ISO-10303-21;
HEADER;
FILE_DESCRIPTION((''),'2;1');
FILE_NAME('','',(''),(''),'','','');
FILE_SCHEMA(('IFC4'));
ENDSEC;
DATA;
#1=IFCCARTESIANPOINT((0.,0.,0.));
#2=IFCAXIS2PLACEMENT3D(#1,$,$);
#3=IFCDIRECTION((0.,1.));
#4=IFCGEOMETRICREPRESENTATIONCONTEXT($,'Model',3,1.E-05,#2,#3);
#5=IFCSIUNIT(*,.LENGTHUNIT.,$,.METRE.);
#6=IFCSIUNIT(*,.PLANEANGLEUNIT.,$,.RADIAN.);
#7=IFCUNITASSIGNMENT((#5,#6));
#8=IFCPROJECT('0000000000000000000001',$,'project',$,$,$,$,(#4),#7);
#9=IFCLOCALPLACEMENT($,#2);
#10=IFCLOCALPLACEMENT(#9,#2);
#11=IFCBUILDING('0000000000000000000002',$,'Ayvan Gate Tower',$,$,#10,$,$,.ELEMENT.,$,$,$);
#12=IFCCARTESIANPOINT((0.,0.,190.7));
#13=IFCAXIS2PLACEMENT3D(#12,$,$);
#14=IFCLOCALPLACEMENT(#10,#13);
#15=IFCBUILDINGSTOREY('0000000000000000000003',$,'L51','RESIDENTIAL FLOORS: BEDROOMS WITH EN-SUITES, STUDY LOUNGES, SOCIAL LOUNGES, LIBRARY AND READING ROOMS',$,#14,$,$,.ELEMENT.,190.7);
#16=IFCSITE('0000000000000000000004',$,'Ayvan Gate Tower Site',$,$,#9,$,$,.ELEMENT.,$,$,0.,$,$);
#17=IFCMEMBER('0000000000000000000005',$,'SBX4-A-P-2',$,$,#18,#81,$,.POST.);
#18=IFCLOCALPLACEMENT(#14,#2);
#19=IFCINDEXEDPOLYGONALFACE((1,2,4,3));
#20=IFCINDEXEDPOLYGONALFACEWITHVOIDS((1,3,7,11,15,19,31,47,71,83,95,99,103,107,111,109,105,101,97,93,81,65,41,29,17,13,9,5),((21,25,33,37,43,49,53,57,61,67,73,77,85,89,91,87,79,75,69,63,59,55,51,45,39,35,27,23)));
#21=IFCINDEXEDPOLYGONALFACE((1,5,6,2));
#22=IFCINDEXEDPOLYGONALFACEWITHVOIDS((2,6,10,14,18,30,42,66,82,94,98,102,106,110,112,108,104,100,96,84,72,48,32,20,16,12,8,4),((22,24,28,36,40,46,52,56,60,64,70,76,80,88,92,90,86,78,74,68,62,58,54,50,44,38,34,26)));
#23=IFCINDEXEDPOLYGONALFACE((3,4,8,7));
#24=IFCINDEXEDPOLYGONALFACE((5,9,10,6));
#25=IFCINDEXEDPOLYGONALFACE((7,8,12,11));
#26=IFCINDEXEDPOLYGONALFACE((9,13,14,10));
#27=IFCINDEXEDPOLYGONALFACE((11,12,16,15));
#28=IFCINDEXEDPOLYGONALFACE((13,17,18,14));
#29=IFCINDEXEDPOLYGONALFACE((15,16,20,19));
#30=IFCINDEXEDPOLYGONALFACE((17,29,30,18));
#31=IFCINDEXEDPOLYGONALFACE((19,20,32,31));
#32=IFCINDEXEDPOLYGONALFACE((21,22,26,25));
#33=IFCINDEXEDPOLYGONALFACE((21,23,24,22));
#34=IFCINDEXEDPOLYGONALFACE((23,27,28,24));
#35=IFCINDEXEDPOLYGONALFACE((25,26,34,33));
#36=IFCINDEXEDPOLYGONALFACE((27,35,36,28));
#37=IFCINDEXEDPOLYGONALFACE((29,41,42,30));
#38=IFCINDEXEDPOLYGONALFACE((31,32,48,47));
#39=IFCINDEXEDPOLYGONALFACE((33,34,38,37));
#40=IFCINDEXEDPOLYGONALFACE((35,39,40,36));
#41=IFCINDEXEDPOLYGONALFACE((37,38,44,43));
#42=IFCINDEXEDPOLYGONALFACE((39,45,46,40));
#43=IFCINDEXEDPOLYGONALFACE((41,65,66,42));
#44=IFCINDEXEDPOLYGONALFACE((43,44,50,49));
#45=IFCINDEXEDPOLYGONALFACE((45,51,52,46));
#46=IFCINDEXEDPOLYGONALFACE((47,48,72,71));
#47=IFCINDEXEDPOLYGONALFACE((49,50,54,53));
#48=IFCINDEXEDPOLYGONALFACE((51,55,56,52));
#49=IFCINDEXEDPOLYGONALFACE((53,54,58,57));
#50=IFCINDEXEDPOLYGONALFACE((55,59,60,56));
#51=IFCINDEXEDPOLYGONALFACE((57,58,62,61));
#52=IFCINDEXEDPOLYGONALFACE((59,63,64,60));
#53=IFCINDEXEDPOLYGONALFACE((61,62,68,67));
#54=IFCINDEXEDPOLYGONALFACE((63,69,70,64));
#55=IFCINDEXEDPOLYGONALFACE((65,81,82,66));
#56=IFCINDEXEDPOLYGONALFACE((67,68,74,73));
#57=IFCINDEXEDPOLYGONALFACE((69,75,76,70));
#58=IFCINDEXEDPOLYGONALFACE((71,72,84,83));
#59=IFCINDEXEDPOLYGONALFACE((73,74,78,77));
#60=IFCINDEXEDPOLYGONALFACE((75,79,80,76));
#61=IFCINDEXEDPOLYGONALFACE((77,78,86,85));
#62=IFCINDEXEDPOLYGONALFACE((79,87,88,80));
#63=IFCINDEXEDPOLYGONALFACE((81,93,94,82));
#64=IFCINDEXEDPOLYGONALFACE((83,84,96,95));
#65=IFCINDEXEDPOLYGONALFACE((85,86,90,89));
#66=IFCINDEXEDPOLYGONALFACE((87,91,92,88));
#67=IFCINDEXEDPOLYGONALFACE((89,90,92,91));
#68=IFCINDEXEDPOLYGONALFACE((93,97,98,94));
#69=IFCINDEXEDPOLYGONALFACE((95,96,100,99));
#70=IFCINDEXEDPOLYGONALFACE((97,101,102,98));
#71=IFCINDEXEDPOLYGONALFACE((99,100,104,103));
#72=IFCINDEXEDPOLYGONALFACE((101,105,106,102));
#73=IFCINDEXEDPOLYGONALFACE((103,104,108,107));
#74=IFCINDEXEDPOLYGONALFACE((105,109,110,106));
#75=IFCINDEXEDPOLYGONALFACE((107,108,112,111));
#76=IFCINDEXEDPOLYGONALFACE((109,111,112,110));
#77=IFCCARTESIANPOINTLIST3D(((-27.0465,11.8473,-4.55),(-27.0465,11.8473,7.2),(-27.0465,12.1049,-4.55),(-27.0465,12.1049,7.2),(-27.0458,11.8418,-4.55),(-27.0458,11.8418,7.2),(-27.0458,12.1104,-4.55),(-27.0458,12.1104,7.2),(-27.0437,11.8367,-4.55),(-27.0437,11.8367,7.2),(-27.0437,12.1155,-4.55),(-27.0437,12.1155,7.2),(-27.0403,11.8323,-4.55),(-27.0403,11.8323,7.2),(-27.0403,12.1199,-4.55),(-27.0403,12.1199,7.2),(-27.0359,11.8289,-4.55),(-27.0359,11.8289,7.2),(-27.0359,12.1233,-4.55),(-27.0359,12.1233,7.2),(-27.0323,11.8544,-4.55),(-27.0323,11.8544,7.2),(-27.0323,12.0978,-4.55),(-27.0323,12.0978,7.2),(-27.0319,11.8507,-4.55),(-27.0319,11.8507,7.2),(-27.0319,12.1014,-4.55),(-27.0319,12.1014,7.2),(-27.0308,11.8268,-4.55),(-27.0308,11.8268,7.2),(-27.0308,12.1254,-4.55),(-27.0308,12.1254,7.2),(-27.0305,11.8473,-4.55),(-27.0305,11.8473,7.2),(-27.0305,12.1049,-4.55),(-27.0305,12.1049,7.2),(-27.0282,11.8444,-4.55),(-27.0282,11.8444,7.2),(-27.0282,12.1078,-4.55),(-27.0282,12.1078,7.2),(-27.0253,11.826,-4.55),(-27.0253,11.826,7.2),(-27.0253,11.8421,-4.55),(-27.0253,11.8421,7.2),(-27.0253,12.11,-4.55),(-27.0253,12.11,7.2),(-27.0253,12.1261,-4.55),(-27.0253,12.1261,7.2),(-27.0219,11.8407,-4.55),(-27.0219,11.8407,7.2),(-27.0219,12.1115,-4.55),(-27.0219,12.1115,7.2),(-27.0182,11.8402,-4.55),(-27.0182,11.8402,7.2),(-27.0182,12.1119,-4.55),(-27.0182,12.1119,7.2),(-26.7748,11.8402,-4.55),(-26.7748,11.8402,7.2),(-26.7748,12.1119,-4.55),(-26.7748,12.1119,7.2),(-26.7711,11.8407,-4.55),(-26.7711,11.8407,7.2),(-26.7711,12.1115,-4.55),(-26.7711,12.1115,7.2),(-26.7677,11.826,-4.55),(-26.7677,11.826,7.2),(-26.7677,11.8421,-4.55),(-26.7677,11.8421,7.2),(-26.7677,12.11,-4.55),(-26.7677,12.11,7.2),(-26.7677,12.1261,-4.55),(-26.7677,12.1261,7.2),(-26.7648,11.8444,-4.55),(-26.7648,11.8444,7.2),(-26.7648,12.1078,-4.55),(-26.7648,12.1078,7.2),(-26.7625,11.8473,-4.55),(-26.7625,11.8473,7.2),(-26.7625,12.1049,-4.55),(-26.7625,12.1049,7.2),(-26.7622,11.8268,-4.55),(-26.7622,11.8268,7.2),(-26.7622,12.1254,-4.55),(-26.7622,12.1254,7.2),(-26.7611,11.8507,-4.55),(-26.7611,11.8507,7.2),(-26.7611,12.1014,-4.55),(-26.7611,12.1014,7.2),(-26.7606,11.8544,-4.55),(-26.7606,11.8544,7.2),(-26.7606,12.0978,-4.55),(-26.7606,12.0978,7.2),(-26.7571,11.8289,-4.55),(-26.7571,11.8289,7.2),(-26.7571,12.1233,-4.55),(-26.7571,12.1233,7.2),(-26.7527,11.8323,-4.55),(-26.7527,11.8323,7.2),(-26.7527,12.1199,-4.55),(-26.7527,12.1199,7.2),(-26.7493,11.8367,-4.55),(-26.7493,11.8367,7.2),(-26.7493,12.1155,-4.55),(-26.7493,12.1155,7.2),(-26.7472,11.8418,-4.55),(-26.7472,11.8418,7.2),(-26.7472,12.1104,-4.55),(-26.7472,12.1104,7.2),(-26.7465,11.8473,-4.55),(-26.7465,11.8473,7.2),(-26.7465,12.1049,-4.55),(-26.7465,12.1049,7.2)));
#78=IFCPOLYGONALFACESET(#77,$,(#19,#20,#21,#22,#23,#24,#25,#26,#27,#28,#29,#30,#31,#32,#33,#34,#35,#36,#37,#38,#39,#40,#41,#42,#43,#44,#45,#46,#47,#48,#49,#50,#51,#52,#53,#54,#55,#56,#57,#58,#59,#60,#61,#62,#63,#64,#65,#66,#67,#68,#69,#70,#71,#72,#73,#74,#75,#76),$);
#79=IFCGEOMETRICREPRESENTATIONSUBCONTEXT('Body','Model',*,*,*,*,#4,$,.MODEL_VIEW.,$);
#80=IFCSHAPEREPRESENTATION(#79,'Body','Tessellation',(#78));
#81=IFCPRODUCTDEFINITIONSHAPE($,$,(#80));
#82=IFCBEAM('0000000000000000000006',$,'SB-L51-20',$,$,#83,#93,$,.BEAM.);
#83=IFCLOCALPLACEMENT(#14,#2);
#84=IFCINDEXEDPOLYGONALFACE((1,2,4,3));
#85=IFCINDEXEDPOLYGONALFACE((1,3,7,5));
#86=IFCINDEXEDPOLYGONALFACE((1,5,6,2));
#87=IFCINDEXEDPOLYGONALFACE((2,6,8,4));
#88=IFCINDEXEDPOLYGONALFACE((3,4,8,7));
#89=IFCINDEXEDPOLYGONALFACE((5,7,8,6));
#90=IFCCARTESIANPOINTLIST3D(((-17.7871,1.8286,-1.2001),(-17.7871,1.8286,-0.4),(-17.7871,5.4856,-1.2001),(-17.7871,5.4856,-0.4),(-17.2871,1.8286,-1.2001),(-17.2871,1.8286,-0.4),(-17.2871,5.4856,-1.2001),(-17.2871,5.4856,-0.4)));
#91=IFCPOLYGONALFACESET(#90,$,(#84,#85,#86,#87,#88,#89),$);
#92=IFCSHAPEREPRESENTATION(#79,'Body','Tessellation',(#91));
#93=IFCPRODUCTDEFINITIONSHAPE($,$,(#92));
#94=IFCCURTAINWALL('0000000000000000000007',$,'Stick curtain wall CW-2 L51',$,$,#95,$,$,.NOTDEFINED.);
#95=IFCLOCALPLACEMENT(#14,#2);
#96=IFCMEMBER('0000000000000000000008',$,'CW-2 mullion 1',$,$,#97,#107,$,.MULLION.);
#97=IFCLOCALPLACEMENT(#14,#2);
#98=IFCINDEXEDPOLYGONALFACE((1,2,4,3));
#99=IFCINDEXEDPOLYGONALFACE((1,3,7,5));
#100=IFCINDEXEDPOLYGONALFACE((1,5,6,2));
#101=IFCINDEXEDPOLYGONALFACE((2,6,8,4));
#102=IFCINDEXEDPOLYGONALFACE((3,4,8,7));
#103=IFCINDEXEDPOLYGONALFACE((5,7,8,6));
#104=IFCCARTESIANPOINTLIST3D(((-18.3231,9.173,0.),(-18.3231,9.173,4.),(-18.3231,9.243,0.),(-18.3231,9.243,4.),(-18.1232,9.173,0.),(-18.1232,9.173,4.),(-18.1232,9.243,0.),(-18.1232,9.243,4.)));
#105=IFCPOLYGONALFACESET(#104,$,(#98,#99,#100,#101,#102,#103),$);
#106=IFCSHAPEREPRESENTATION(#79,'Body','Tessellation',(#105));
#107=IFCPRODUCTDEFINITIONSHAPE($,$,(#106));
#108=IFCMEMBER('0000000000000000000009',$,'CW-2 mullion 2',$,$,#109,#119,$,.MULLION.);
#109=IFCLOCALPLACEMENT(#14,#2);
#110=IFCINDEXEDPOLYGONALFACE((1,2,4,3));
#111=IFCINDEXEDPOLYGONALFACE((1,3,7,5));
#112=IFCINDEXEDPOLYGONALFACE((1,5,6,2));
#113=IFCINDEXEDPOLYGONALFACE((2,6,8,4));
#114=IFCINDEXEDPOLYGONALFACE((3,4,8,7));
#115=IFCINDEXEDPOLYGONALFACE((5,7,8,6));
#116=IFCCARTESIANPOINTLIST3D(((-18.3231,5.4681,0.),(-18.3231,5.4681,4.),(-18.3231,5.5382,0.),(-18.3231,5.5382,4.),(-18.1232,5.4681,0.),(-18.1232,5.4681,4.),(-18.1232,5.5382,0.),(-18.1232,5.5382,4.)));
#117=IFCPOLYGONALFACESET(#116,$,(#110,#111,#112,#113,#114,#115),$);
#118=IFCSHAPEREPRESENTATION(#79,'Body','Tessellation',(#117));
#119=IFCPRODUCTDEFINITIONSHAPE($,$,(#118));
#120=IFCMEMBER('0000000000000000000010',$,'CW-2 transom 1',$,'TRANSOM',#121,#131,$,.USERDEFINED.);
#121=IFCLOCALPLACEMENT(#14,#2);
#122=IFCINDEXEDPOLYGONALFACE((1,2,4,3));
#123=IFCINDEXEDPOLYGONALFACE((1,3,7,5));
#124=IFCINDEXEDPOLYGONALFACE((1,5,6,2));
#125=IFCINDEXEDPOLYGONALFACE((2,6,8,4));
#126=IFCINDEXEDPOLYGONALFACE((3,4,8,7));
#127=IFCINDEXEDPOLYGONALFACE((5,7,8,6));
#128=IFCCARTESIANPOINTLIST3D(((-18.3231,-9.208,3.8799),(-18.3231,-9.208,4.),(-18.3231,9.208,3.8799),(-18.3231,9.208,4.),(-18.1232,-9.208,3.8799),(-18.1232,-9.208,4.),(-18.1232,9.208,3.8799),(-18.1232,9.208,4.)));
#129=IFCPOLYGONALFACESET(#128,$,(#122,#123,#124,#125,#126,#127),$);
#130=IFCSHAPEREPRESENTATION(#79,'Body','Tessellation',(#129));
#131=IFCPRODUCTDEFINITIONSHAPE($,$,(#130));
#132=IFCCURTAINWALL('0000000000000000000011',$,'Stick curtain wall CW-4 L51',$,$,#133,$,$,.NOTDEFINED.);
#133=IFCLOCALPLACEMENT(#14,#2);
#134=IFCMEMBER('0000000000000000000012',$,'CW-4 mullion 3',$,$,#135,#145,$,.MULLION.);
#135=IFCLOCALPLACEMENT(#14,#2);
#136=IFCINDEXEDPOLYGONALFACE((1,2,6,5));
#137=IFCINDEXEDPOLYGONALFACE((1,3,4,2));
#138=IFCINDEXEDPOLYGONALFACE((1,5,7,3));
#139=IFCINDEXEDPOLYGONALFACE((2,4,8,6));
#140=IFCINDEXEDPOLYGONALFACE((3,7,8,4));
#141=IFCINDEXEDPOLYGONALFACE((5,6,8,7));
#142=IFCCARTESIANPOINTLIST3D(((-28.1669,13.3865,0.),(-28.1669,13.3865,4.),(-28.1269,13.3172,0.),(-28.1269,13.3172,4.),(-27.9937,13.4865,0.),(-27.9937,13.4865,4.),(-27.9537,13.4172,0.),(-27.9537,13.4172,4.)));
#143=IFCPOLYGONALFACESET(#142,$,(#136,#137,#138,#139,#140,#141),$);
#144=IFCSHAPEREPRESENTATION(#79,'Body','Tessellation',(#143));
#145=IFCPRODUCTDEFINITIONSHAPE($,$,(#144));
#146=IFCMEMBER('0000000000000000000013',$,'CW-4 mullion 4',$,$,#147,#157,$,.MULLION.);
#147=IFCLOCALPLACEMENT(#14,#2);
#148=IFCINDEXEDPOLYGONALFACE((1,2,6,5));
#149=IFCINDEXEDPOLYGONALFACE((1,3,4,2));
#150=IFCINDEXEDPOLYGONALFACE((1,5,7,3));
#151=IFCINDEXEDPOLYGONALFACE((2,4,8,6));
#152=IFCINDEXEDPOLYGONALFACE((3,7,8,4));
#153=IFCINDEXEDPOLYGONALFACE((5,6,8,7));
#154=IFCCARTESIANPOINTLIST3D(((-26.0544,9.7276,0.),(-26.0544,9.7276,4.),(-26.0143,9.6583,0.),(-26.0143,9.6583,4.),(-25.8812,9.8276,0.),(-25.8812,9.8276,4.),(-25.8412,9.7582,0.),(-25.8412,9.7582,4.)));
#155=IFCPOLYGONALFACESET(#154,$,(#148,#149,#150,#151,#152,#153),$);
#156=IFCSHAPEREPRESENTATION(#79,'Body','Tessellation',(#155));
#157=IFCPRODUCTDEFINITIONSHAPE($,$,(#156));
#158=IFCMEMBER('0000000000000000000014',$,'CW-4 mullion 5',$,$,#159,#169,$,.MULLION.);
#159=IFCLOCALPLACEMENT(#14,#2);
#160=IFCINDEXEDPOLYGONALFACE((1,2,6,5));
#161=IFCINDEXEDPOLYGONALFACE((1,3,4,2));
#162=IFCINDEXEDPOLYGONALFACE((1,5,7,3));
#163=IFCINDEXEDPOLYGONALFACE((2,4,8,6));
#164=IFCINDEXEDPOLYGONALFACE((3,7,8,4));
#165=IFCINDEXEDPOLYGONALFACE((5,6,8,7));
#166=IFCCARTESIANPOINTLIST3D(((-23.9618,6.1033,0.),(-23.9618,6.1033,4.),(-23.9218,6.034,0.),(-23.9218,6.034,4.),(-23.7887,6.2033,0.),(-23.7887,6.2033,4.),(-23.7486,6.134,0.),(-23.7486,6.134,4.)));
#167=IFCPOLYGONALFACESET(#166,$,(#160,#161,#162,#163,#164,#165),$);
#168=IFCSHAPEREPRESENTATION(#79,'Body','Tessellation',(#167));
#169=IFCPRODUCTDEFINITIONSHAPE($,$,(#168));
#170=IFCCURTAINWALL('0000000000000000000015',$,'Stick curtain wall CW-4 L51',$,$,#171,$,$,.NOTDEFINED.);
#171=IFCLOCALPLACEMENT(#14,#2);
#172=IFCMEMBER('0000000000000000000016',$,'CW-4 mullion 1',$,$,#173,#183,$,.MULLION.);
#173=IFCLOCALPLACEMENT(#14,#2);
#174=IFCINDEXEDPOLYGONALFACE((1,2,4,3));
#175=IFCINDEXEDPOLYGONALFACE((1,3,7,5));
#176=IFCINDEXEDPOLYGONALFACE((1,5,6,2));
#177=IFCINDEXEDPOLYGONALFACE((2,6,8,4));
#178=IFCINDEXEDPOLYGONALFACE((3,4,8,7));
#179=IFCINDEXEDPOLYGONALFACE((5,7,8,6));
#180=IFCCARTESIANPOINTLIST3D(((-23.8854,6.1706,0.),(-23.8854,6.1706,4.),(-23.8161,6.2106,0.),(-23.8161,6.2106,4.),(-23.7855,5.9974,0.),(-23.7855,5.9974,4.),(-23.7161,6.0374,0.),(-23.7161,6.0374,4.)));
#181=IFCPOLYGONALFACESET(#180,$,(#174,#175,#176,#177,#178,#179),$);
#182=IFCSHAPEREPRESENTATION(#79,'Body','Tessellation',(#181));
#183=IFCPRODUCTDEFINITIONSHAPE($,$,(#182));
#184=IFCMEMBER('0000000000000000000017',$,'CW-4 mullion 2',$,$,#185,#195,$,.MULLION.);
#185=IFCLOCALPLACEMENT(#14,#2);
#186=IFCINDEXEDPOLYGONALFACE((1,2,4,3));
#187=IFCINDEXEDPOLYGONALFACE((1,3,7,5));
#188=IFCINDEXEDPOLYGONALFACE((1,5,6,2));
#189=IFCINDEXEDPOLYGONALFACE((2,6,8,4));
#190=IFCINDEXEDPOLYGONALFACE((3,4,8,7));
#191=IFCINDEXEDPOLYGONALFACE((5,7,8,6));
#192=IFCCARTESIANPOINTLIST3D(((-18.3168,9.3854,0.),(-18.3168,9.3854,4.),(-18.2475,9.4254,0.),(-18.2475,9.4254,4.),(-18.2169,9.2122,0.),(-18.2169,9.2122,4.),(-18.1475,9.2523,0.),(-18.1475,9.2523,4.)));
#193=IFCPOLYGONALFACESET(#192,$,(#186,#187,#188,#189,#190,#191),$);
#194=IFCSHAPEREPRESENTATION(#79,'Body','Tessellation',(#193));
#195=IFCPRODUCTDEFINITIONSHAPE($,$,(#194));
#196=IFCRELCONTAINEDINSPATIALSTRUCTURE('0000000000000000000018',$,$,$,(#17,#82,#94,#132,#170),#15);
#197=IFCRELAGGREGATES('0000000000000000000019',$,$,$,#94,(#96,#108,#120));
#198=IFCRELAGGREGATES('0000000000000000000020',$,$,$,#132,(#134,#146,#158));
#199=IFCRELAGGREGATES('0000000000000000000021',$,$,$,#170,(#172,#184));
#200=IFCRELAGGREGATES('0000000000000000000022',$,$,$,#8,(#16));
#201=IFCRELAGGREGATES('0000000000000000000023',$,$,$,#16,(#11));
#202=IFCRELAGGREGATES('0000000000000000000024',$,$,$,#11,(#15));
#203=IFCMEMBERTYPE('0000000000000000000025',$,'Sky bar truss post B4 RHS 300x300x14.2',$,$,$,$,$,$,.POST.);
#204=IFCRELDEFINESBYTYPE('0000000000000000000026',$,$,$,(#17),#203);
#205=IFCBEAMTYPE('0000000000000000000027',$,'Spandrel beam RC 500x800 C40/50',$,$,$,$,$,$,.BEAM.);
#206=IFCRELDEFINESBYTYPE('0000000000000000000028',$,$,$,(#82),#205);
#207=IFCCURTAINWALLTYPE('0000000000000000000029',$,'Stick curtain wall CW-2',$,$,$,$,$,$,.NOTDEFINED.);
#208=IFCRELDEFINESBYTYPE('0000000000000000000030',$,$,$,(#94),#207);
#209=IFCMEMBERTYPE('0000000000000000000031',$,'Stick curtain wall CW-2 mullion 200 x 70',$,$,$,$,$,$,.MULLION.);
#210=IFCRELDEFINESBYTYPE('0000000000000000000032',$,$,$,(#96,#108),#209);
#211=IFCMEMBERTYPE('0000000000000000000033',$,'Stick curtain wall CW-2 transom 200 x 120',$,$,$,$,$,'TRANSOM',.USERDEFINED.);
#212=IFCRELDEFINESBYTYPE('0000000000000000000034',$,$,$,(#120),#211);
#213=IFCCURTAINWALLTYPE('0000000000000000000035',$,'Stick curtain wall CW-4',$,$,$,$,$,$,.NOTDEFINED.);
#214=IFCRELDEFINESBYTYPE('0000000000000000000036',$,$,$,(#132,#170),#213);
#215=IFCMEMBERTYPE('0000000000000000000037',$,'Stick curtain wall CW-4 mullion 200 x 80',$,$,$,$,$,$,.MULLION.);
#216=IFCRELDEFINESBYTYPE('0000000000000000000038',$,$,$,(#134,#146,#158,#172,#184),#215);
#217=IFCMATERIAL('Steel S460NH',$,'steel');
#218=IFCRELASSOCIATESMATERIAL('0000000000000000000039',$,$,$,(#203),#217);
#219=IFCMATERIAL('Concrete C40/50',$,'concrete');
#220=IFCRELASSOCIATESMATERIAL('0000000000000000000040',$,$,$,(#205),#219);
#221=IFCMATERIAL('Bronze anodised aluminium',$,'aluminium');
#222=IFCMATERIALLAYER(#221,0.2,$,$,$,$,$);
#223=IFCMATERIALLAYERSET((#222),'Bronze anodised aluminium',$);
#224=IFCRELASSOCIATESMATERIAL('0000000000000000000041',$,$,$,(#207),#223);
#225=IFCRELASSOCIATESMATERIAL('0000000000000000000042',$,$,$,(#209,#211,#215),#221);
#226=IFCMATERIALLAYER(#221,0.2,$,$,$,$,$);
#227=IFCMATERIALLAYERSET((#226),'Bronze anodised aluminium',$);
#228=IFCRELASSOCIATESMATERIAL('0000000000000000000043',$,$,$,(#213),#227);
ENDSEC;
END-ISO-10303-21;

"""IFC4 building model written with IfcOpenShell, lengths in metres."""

from ifc_helpers import new_model, si_unit, direction, frame, origin, origin_2d, place, context, subcontext, project, spatial, rectangle, hollow_rectangle, extrude, material, layer, layer_set, material_profile, profile_set, type_object, element, aggregate, save


model = new_model("IFC4")

# Units and contexts
model_context = context("Model", 3, precision=1e-05, world=origin(), true_north=direction((0.0, 1.0)))
body_context = subcontext(model_context, "Body", "Model", "MODEL_VIEW")
ifc_project = project(units=[si_unit("LENGTHUNIT", "METRE"), si_unit("PLANEANGLEUNIT", "RADIAN")], contexts=[model_context])

# Site, building, storey
site_placement = place(None, origin())
site = spatial("IfcSite", under=ifc_project, at=site_placement, Name="Ayvan Gate Tower Site", CompositionType="ELEMENT", RefElevation=0.0)
building_placement = place(site_placement, origin())
building = spatial("IfcBuilding", under=site, at=building_placement, Name="Ayvan Gate Tower", CompositionType="ELEMENT")
storey_placement = place(building_placement, frame((0.0, 0.0, 190.7)))
storey = spatial("IfcBuildingStorey", under=building, at=storey_placement, Name="L51", Description="RESIDENTIAL FLOORS: BEDROOMS WITH EN-SUITES, STUDY LOUNGES, SOCIAL LOUNGES, LIBRARY AND READING ROOMS", CompositionType="ELEMENT", Elevation=190.7)

# Shared definitions
ifc_material_1 = material(Name="Concrete C40/50", Category="concrete")

# Member
ifc_material_2 = material(Name="Steel S460NH", Category="steel")
ifc_material_profile_1 = material_profile(ifc_material_2, hollow_rectangle(XDim=0.3, YDim=0.3, WallThickness=0.0142, InnerFilletRadius=0.0142, OuterFilletRadius=0.0212, at=origin_2d()), Name="RHS 300x300x14.2")
ifc_profile_set_1 = profile_set([ifc_material_profile_1], Name="Steel S460NH")
member_type_1 = type_object("IfcMemberType", Name="Sky bar truss post B4 RHS 300x300x14.2", PredefinedType="POST", material=ifc_profile_set_1)
for number, where, z_axis, x_axis, name in (
    (1, (-26.8965, 11.9761, -4.55), (0.0, 0.0, 1.0), (1.0, 0.0, 0.0), "SBX4-A-P-2"),
):
    element("IfcMember", number, at=place(storey_placement, frame(where, z_axis=z_axis, x_axis=x_axis)), inside=storey, type_object=member_type_1, Name=name, PredefinedType="POST", context=body_context, shape_type="SweptSolid", body=[
        extrude(hollow_rectangle(XDim=0.3, YDim=0.3, WallThickness=0.0142, InnerFilletRadius=0.0142, OuterFilletRadius=0.0212, at=origin_2d()), origin(), (0.0, 0.0, 1.0), 11.75),
    ])

# Beam
ifc_material_profile_2 = material_profile(ifc_material_1, rectangle(XDim=0.5, YDim=0.8, at=origin_2d()), Name="RC 500x800")
ifc_profile_set_2 = profile_set([ifc_material_profile_2], Name="Concrete C40/50")
beam_type_1 = type_object("IfcBeamType", Name="Spandrel beam RC 500x800 C40/50", PredefinedType="BEAM", material=ifc_profile_set_2)
beam_1_placement = place(storey_placement, frame((-17.5371, 5.4856, -0.8), z_axis=(0.0, -1.0, 0.0), x_axis=(1.0, 0.0, 0.0)))
element("IfcBeam", 2, at=beam_1_placement, inside=storey, type_object=beam_type_1, Name="SB-L51-20", PredefinedType="BEAM", context=body_context, shape_type="SweptSolid", body=[
    extrude(rectangle(XDim=0.5, YDim=0.8, at=origin_2d()), origin(), (0.0, 0.0, 1.0), 3.657),
])

# Curtain walls, members
ifc_material_3 = material(Name="Bronze anodised aluminium", Category="aluminium")
ifc_layer_1 = layer(ifc_material_3, 0.2)
ifc_layer_set_1 = layer_set([ifc_layer_1], Name="Bronze anodised aluminium")
curtain_wall_type_1 = type_object("IfcCurtainWallType", Name="Stick curtain wall CW-2", PredefinedType="NOTDEFINED", material=ifc_layer_set_1)
curtain_wall_1_placement = place(storey_placement, origin())
curtain_wall_1 = element("IfcCurtainWall", 3, at=curtain_wall_1_placement, inside=storey, type_object=curtain_wall_type_1, Name="Stick curtain wall CW-2 L51", PredefinedType="NOTDEFINED")
ifc_material_profile_3 = material_profile(ifc_material_3, rectangle(XDim=0.2, YDim=0.0701, at=origin_2d()), Name="Stick curtain wall CW-2 mullion 200 x 70")
ifc_profile_set_3 = profile_set([ifc_material_profile_3], Name="Bronze anodised aluminium")
member_type_2 = type_object("IfcMemberType", Name="Stick curtain wall CW-2 mullion 200 x 70", PredefinedType="MULLION", material=ifc_profile_set_3)
member_1_placement = place(storey_placement, frame((-18.2231, 9.208, 0.0), z_axis=(0.0, 0.0, 1.0), x_axis=(-1.0, 0.0, 0.0)))
member_1 = element("IfcMember", 4, at=member_1_placement, type_object=member_type_2, Name="CW-2 mullion 1", PredefinedType="MULLION", context=body_context, shape_type="SweptSolid", body=[
    extrude(rectangle(XDim=0.2, YDim=0.0701, at=origin_2d()), origin(), (0.0, 0.0, 1.0), 4.0),
])
member_2_placement = place(storey_placement, frame((-18.2231, 5.5032, 0.0), z_axis=(0.0, 0.0, 1.0), x_axis=(-1.0, 0.0, 0.0)))
member_2 = element("IfcMember", 5, at=member_2_placement, type_object=member_type_2, Name="CW-2 mullion 2", PredefinedType="MULLION", context=body_context, shape_type="SweptSolid", body=[
    extrude(rectangle(XDim=0.2, YDim=0.0701, at=origin_2d()), origin(), (0.0, 0.0, 1.0), 4.0),
])
ifc_material_profile_4 = material_profile(ifc_material_3, rectangle(XDim=0.2, YDim=0.1201, at=origin_2d()), Name="Stick curtain wall CW-2 transom 200 x 120")
ifc_profile_set_4 = profile_set([ifc_material_profile_4], Name="Bronze anodised aluminium")
member_type_3 = type_object("IfcMemberType", Name="Stick curtain wall CW-2 transom 200 x 120", ElementType="TRANSOM", PredefinedType="USERDEFINED", material=ifc_profile_set_4)
member_3_placement = place(storey_placement, frame((-18.2231, 9.208, 3.9399), z_axis=(0.0, -1.0, 0.0), x_axis=(1.0, 0.0, 0.0)))
member_3 = element("IfcMember", 6, at=member_3_placement, type_object=member_type_3, Name="CW-2 transom 1", ObjectType="TRANSOM", PredefinedType="USERDEFINED", context=body_context, shape_type="SweptSolid", body=[
    extrude(rectangle(XDim=0.2, YDim=0.1201, at=origin_2d()), origin(), (0.0, 0.0, 1.0), 18.416),
])
ifc_layer_2 = layer(ifc_material_3, 0.2)
ifc_layer_set_2 = layer_set([ifc_layer_2], Name="Bronze anodised aluminium")
curtain_wall_type_2 = type_object("IfcCurtainWallType", Name="Stick curtain wall CW-4", PredefinedType="NOTDEFINED", material=ifc_layer_set_2)
curtain_wall_2_placement = place(storey_placement, origin())
curtain_wall_2 = element("IfcCurtainWall", 7, at=curtain_wall_2_placement, inside=storey, type_object=curtain_wall_type_2, Name="Stick curtain wall CW-4 L51", PredefinedType="NOTDEFINED")
ifc_material_profile_5 = material_profile(ifc_material_3, rectangle(XDim=0.2, YDim=0.0801, at=origin_2d()), Name="Stick curtain wall CW-4 mullion 200 x 80")
ifc_profile_set_5 = profile_set([ifc_material_profile_5], Name="Bronze anodised aluminium")
member_type_4 = type_object("IfcMemberType", Name="Stick curtain wall CW-4 mullion 200 x 80", PredefinedType="MULLION", material=ifc_profile_set_5)
member_4_placement = place(storey_placement, frame((-28.0603, 13.4019, 0.0), z_axis=(0.0, 0.0, 1.0), x_axis=(-0.866025, -0.5, 0.0)))
member_4 = element("IfcMember", 8, at=member_4_placement, type_object=member_type_4, Name="CW-4 mullion 3", PredefinedType="MULLION", context=body_context, shape_type="SweptSolid", body=[
    extrude(rectangle(XDim=0.2, YDim=0.0801, at=origin_2d()), origin(), (0.0, 0.0, 1.0), 4.0),
])
member_5_placement = place(storey_placement, frame((-25.9478, 9.7429, 0.0), z_axis=(0.0, 0.0, 1.0), x_axis=(-0.866025, -0.5, 0.0)))
member_5 = element("IfcMember", 9, at=member_5_placement, type_object=member_type_4, Name="CW-4 mullion 4", PredefinedType="MULLION", context=body_context, shape_type="SweptSolid", body=[
    extrude(rectangle(XDim=0.2, YDim=0.0801, at=origin_2d()), origin(), (0.0, 0.0, 1.0), 4.0),
])
member_6_placement = place(storey_placement, frame((-23.8552, 6.1187, 0.0), z_axis=(0.0, 0.0, 1.0), x_axis=(-0.866025, -0.5, 0.0)))
member_6 = element("IfcMember", 10, at=member_6_placement, type_object=member_type_4, Name="CW-4 mullion 5", PredefinedType="MULLION", context=body_context, shape_type="SweptSolid", body=[
    extrude(rectangle(XDim=0.2, YDim=0.0801, at=origin_2d()), origin(), (0.0, 0.0, 1.0), 4.0),
])
curtain_wall_3_placement = place(storey_placement, origin())
curtain_wall_3 = element("IfcCurtainWall", 11, at=curtain_wall_3_placement, inside=storey, type_object=curtain_wall_type_2, Name="Stick curtain wall CW-4 L51", PredefinedType="NOTDEFINED")
member_7_placement = place(storey_placement, frame((-23.8008, 6.104, 0.0), z_axis=(0.0, 0.0, 1.0), x_axis=(0.5, -0.866025, 0.0)))
member_7 = element("IfcMember", 12, at=member_7_placement, type_object=member_type_4, Name="CW-4 mullion 1", PredefinedType="MULLION", context=body_context, shape_type="SweptSolid", body=[
    extrude(rectangle(XDim=0.2, YDim=0.0801, at=origin_2d()), origin(), (0.0, 0.0, 1.0), 4.0),
])
member_8_placement = place(storey_placement, frame((-18.2322, 9.3188, 0.0), z_axis=(0.0, 0.0, 1.0), x_axis=(0.5, -0.866025, 0.0)))
member_8 = element("IfcMember", 13, at=member_8_placement, type_object=member_type_4, Name="CW-4 mullion 2", PredefinedType="MULLION", context=body_context, shape_type="SweptSolid", body=[
    extrude(rectangle(XDim=0.2, YDim=0.0801, at=origin_2d()), origin(), (0.0, 0.0, 1.0), 4.0),
])

aggregate(curtain_wall_1, [member_1, member_2, member_3])
aggregate(curtain_wall_2, [member_4, member_5, member_6])
aggregate(curtain_wall_3, [member_7, member_8])

save(model, "model.ifc")
